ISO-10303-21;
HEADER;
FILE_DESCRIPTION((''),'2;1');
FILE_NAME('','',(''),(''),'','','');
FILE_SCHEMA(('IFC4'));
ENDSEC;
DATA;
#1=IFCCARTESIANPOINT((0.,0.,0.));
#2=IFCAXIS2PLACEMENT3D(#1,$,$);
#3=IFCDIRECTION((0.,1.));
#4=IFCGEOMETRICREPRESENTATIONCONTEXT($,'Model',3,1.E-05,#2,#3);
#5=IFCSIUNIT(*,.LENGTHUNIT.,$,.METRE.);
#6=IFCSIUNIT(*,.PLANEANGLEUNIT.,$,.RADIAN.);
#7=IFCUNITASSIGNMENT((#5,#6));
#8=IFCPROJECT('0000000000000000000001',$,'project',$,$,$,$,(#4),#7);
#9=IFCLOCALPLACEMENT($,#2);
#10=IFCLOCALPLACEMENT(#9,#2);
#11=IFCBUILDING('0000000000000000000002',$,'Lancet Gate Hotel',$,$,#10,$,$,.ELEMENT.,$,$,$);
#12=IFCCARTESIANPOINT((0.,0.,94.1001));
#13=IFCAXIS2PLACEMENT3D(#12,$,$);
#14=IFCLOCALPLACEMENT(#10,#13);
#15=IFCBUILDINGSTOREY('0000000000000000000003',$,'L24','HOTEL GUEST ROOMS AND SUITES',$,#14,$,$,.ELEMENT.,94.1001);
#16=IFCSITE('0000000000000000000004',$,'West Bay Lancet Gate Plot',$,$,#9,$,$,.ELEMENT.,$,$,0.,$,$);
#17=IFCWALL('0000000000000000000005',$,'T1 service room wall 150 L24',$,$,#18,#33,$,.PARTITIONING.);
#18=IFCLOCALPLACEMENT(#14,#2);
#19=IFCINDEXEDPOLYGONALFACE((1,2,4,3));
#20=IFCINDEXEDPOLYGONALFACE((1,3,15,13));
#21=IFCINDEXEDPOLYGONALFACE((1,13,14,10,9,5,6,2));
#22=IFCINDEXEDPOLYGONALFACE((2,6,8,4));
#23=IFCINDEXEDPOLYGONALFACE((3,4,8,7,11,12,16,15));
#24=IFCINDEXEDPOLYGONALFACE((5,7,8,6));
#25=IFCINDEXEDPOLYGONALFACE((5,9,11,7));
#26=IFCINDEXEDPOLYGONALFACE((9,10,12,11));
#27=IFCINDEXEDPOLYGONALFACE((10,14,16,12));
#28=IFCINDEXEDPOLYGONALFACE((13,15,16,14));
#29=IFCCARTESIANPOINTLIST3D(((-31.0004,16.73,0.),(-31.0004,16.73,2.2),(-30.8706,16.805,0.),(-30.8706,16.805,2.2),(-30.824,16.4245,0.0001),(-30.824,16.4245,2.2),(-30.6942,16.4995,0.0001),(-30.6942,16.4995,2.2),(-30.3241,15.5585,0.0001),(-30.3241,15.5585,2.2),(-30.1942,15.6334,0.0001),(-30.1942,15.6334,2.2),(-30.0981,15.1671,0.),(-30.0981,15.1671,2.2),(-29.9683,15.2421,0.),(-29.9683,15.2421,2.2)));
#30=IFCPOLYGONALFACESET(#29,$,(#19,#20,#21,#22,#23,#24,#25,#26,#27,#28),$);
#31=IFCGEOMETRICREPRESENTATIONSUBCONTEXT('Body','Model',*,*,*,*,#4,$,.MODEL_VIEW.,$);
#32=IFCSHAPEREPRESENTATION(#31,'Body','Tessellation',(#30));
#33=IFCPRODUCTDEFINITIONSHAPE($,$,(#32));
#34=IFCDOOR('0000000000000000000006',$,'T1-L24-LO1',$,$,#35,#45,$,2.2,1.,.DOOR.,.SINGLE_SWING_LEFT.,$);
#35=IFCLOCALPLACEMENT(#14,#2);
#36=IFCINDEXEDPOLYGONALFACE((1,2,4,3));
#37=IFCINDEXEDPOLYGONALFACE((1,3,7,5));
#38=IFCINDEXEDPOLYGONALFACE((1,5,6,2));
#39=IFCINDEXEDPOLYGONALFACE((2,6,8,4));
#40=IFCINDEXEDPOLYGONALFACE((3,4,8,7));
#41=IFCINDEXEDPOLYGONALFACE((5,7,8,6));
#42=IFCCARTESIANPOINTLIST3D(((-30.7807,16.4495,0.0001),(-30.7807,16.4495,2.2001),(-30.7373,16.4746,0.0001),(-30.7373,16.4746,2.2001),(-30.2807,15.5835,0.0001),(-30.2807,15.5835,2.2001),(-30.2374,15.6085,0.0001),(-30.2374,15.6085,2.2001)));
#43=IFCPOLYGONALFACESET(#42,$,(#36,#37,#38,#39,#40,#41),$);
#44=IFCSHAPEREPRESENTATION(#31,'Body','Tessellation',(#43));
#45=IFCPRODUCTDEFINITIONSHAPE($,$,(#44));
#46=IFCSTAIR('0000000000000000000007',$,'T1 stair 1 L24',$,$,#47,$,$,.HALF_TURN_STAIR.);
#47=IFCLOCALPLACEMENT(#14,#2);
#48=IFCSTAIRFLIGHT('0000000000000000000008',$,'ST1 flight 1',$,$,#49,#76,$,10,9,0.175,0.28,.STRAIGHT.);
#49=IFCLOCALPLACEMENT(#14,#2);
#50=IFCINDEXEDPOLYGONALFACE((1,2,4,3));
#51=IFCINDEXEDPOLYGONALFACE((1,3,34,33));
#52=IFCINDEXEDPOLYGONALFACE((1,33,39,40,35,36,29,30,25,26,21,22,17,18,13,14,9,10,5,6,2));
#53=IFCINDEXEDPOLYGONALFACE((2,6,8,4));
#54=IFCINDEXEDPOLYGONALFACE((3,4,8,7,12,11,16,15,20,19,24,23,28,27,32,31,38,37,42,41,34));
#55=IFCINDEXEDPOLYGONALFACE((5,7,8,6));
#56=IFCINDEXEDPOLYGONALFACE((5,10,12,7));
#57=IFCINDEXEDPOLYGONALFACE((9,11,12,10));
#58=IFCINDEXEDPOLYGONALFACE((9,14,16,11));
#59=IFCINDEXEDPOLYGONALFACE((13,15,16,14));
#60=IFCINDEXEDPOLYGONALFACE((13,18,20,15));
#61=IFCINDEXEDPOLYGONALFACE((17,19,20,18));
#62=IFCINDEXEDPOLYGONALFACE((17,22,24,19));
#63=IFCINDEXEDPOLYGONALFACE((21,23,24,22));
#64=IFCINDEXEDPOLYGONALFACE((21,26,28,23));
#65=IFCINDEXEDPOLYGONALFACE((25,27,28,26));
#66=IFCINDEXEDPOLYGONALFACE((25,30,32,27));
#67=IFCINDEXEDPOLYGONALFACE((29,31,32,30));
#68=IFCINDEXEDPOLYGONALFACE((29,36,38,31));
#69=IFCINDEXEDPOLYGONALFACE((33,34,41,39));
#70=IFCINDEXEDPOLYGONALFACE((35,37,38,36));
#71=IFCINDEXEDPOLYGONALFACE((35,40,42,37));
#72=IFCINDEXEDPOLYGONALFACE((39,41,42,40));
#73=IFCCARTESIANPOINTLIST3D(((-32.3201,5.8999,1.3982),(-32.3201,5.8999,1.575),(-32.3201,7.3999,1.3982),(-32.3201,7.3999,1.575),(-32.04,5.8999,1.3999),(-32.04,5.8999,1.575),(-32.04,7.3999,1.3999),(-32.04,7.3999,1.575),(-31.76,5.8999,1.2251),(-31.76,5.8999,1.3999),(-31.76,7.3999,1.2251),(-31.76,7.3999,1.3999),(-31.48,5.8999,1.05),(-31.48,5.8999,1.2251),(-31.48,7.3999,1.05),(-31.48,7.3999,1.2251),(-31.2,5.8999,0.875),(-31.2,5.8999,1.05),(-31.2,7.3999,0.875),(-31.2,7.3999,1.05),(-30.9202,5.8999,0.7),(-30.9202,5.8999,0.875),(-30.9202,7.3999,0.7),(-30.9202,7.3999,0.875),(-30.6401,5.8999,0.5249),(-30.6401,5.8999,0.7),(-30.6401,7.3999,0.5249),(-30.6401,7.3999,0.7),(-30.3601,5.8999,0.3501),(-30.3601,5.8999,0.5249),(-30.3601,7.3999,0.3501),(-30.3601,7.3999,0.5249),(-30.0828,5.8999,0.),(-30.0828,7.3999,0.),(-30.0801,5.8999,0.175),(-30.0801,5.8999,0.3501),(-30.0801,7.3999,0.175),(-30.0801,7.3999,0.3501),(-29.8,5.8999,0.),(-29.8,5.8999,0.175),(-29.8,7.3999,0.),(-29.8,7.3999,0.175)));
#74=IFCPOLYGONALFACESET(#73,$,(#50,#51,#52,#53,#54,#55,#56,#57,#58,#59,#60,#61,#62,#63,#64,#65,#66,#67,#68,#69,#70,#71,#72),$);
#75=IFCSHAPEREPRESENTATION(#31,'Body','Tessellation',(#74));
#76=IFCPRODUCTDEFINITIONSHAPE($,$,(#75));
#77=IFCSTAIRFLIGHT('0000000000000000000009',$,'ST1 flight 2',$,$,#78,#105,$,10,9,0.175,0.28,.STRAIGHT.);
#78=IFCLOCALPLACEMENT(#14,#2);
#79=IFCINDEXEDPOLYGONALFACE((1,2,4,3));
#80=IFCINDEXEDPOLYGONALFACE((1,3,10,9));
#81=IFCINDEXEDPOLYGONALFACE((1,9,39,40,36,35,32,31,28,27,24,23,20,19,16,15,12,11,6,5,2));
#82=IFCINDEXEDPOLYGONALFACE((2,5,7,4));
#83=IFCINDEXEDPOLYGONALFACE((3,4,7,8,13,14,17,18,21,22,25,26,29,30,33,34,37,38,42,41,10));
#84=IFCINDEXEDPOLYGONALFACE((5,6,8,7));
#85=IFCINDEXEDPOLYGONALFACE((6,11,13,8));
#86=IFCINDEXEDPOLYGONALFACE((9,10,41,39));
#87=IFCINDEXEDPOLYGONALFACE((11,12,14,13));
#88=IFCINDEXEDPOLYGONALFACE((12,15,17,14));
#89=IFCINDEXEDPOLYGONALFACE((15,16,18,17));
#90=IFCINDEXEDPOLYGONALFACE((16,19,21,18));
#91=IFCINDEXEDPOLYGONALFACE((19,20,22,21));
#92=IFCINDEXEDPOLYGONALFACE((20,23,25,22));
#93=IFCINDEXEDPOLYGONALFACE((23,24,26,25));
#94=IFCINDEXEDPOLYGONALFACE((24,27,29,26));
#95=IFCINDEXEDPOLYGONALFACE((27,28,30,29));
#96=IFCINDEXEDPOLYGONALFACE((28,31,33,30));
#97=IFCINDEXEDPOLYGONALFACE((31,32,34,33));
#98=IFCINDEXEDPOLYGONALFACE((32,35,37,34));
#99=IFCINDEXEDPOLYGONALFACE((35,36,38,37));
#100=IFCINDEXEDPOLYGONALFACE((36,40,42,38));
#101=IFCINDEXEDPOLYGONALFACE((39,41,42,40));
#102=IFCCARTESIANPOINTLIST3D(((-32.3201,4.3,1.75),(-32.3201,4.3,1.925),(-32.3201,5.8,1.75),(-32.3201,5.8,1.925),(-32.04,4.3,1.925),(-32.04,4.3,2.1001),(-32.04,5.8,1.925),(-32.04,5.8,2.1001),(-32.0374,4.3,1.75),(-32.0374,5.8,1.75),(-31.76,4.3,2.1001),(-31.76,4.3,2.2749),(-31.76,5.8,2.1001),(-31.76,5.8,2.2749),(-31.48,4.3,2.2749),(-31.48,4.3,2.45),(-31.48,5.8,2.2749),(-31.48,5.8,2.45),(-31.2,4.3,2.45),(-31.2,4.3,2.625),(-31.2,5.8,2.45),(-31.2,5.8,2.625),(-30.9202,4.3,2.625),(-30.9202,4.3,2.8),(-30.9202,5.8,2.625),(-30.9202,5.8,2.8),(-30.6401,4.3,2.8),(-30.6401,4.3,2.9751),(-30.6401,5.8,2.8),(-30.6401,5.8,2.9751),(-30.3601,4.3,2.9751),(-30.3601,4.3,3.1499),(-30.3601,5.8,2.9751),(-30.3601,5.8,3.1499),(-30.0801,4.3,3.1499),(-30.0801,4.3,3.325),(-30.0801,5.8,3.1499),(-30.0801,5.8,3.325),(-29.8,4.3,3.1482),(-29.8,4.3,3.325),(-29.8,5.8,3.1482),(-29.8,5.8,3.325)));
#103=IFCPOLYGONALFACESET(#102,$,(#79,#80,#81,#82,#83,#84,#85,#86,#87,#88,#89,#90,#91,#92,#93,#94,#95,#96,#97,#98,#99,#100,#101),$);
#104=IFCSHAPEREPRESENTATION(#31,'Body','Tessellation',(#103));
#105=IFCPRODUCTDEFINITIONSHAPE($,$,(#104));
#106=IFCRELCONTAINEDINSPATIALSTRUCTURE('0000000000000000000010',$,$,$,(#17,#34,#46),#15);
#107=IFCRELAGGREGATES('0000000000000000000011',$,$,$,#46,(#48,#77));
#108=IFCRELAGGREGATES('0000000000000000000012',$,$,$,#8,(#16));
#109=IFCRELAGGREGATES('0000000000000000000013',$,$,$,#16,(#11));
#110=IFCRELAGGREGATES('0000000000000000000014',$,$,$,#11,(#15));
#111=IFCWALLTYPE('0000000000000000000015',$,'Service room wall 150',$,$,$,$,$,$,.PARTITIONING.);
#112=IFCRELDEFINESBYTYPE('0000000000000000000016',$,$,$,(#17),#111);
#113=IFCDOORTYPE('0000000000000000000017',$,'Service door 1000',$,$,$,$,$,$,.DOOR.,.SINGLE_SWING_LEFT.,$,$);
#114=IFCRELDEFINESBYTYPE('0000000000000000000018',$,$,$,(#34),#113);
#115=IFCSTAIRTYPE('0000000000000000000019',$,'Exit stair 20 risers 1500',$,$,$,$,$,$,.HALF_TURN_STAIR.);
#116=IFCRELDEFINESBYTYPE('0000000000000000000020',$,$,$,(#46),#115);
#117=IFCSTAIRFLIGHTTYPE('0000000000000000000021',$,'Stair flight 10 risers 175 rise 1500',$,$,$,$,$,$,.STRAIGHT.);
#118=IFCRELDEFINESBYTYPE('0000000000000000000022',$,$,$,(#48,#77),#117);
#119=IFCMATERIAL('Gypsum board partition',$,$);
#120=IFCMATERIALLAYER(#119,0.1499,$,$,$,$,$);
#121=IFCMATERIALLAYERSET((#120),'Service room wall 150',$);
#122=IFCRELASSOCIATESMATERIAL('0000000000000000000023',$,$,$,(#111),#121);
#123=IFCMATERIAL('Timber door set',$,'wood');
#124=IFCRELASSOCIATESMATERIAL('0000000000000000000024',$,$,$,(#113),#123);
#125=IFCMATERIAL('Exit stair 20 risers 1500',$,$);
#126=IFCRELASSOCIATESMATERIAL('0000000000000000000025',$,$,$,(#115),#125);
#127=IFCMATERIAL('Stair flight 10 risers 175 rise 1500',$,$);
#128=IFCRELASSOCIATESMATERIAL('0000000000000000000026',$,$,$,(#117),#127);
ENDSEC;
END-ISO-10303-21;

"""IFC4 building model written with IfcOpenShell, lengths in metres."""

from ifc_helpers import new_model, si_unit, direction, frame, frame_2d, origin, place, context, subcontext, project, spatial, polyline, rectangle, outline, extrude, material, layer, layer_set, type_object, element, fill, aggregate, save


model = new_model("IFC4")

# Units and contexts
model_context = context("Model", 3, precision=1e-05, world=origin(), true_north=direction((0.0, 1.0)))
body_context = subcontext(model_context, "Body", "Model", "MODEL_VIEW")
ifc_project = project(units=[si_unit("LENGTHUNIT", "METRE"), si_unit("PLANEANGLEUNIT", "RADIAN")], contexts=[model_context])

# Site, building, storey
site_placement = place(None, origin())
site = spatial("IfcSite", under=ifc_project, at=site_placement, Name="West Bay Lancet Gate Plot", CompositionType="ELEMENT", RefElevation=0.0)
building_placement = place(site_placement, origin())
building = spatial("IfcBuilding", under=site, at=building_placement, Name="Lancet Gate Hotel", CompositionType="ELEMENT")
storey_placement = place(building_placement, frame((0.0, 0.0, 94.1001)))
storey = spatial("IfcBuildingStorey", under=building, at=storey_placement, Name="L24", Description="HOTEL GUEST ROOMS AND SUITES", CompositionType="ELEMENT", Elevation=94.1001)

# Wall, opening, door
ifc_material_1 = material(Name="Gypsum board partition")
ifc_layer_1 = layer(ifc_material_1, 0.1499)
ifc_layer_set_1 = layer_set([ifc_layer_1], Name="Service room wall 150")
wall_type_1 = type_object("IfcWallType", Name="Service room wall 150", PredefinedType="PARTITIONING", material=ifc_layer_set_1)
wall_1_placement = place(storey_placement, frame((-30.0332, 15.2046, 0.0), z_axis=(0.0, 0.0, 1.0), x_axis=(-0.49998, 0.866037, 0.0)))
wall_1 = element("IfcWall", 1, at=wall_1_placement, inside=storey, type_object=wall_type_1, Name="T1 service room wall 150 L24", PredefinedType="PARTITIONING", context=body_context, shape_type="SweptSolid", body=[
    extrude(rectangle(XDim=1.8047, YDim=0.1499, at=frame_2d((0.9023, 0.0))), origin(), (0.0, 0.0, 1.0), 2.2),
])
opening_1_placement = place(wall_1_placement, frame((0.4519, 0.0, 0.0)))
opening_1 = element("IfcOpeningElement", 2, at=opening_1_placement, cuts=wall_1, PredefinedType="OPENING", context=body_context, shape_type="SweptSolid", body=[
    extrude(rectangle(XDim=1.0, YDim=2.2, at=frame_2d((0.5, 1.1001))), frame((0.0, 0.085, 0.0), z_axis=(0.0, -1.0, 0.0), x_axis=(1.0, 0.0, 0.0)), (0.0, 0.0, 1.0), 0.1699),
])
ifc_material_2 = material(Name="Timber door set", Category="wood")
door_type_1 = type_object("IfcDoorType", Name="Service door 1000", OperationType="SINGLE_SWING_LEFT", PredefinedType="DOOR", material=ifc_material_2)
door_1_placement = place(opening_1_placement, origin())
door_1 = element("IfcDoor", 3, at=door_1_placement, inside=storey, type_object=door_type_1, Name="T1-L24-LO1", OperationType="SINGLE_SWING_LEFT", OverallHeight=2.2, OverallWidth=1.0, PredefinedType="DOOR", context=body_context, shape_type="SweptSolid", body=[
    extrude(rectangle(XDim=1.0, YDim=2.2, at=frame_2d((0.5, 1.1001))), frame((0.0, 0.0249, 0.0), z_axis=(0.0, -1.0, 0.0), x_axis=(1.0, 0.0, 0.0)), (0.0, 0.0, 1.0), 0.05),
])
fill(opening_1, door_1)

# Stair, stair flights
ifc_material_3 = material(Name="Exit stair 20 risers 1500")
stair_type = type_object("IfcStairType", Name="Exit stair 20 risers 1500", PredefinedType="HALF_TURN_STAIR", material=ifc_material_3)
stair_placement = place(storey_placement, origin())
stair = element("IfcStair", 4, at=stair_placement, inside=storey, type_object=stair_type, Name="T1 stair 1 L24", PredefinedType="HALF_TURN_STAIR")
ifc_material_4 = material(Name="Stair flight 10 risers 175 rise 1500")
stair_flight_type = type_object("IfcStairFlightType", Name="Stair flight 10 risers 175 rise 1500", PredefinedType="STRAIGHT", material=ifc_material_4)
stair_flight_1_placement = place(storey_placement, frame((-29.8, 6.6499, 0.0), z_axis=(0.0, 0.0, 1.0), x_axis=(-1.0, 0.0, 0.0)))
stair_flight_1 = element("IfcStairFlight", 5, at=stair_flight_1_placement, type_object=stair_flight_type, Name="ST1 flight 1", NumberOfRisers=10, NumberOfTreads=9, PredefinedType="STRAIGHT", RiserHeight=0.175, TreadLength=0.28, context=body_context, shape_type="SweptSolid", body=[
    extrude(outline(polyline([(0.0, 0.0), (0.0, 0.175), (0.28, 0.175), (0.28, 0.3501), (0.5601, 0.3501), (0.5601, 0.5249), (0.8401, 0.5249), (0.8401, 0.7), (1.1201, 0.7), (1.1201, 0.875), (1.3999, 0.875), (1.3999, 1.05), (1.6799, 1.05), (1.6799, 1.2251), (1.96, 1.2251), (1.96, 1.3999), (2.24, 1.3999), (2.24, 1.575), (2.52, 1.575), (2.52, 1.75), (2.52, 1.3982), (0.2827, 0.0), (0.0, 0.0)])), frame((0.0, 0.75, 0.0), z_axis=(0.0, -1.0, 0.0), x_axis=(1.0, 0.0, 0.0)), (0.0, 0.0, 1.0), 1.5),
])
stair_flight_2_placement = place(storey_placement, frame((-32.3201, 5.05, 1.75), z_axis=(0.0, 0.0, 1.0), x_axis=(1.0, 0.0, 0.0)))
stair_flight_2 = element("IfcStairFlight", 6, at=stair_flight_2_placement, type_object=stair_flight_type, Name="ST1 flight 2", NumberOfRisers=10, NumberOfTreads=9, PredefinedType="STRAIGHT", RiserHeight=0.175, TreadLength=0.28, context=body_context, shape_type="SweptSolid", body=[
    extrude(outline(polyline([(0.0, 0.0), (0.0, 0.175), (0.28, 0.175), (0.28, 0.3501), (0.5601, 0.3501), (0.5601, 0.5249), (0.8401, 0.5249), (0.8401, 0.7), (1.1201, 0.7), (1.1201, 0.875), (1.3999, 0.875), (1.3999, 1.05), (1.6799, 1.05), (1.6799, 1.2251), (1.96, 1.2251), (1.96, 1.3999), (2.24, 1.3999), (2.24, 1.575), (2.52, 1.575), (2.52, 1.75), (2.52, 1.3982), (0.2827, 0.0), (0.0, 0.0)])), frame((0.0, 0.75, 0.0), z_axis=(0.0, -1.0, 0.0), x_axis=(1.0, 0.0, 0.0)), (0.0, 0.0, 1.0), 1.5),
])
aggregate(stair, [stair_flight_1, stair_flight_2])

save(model, "model.ifc")
